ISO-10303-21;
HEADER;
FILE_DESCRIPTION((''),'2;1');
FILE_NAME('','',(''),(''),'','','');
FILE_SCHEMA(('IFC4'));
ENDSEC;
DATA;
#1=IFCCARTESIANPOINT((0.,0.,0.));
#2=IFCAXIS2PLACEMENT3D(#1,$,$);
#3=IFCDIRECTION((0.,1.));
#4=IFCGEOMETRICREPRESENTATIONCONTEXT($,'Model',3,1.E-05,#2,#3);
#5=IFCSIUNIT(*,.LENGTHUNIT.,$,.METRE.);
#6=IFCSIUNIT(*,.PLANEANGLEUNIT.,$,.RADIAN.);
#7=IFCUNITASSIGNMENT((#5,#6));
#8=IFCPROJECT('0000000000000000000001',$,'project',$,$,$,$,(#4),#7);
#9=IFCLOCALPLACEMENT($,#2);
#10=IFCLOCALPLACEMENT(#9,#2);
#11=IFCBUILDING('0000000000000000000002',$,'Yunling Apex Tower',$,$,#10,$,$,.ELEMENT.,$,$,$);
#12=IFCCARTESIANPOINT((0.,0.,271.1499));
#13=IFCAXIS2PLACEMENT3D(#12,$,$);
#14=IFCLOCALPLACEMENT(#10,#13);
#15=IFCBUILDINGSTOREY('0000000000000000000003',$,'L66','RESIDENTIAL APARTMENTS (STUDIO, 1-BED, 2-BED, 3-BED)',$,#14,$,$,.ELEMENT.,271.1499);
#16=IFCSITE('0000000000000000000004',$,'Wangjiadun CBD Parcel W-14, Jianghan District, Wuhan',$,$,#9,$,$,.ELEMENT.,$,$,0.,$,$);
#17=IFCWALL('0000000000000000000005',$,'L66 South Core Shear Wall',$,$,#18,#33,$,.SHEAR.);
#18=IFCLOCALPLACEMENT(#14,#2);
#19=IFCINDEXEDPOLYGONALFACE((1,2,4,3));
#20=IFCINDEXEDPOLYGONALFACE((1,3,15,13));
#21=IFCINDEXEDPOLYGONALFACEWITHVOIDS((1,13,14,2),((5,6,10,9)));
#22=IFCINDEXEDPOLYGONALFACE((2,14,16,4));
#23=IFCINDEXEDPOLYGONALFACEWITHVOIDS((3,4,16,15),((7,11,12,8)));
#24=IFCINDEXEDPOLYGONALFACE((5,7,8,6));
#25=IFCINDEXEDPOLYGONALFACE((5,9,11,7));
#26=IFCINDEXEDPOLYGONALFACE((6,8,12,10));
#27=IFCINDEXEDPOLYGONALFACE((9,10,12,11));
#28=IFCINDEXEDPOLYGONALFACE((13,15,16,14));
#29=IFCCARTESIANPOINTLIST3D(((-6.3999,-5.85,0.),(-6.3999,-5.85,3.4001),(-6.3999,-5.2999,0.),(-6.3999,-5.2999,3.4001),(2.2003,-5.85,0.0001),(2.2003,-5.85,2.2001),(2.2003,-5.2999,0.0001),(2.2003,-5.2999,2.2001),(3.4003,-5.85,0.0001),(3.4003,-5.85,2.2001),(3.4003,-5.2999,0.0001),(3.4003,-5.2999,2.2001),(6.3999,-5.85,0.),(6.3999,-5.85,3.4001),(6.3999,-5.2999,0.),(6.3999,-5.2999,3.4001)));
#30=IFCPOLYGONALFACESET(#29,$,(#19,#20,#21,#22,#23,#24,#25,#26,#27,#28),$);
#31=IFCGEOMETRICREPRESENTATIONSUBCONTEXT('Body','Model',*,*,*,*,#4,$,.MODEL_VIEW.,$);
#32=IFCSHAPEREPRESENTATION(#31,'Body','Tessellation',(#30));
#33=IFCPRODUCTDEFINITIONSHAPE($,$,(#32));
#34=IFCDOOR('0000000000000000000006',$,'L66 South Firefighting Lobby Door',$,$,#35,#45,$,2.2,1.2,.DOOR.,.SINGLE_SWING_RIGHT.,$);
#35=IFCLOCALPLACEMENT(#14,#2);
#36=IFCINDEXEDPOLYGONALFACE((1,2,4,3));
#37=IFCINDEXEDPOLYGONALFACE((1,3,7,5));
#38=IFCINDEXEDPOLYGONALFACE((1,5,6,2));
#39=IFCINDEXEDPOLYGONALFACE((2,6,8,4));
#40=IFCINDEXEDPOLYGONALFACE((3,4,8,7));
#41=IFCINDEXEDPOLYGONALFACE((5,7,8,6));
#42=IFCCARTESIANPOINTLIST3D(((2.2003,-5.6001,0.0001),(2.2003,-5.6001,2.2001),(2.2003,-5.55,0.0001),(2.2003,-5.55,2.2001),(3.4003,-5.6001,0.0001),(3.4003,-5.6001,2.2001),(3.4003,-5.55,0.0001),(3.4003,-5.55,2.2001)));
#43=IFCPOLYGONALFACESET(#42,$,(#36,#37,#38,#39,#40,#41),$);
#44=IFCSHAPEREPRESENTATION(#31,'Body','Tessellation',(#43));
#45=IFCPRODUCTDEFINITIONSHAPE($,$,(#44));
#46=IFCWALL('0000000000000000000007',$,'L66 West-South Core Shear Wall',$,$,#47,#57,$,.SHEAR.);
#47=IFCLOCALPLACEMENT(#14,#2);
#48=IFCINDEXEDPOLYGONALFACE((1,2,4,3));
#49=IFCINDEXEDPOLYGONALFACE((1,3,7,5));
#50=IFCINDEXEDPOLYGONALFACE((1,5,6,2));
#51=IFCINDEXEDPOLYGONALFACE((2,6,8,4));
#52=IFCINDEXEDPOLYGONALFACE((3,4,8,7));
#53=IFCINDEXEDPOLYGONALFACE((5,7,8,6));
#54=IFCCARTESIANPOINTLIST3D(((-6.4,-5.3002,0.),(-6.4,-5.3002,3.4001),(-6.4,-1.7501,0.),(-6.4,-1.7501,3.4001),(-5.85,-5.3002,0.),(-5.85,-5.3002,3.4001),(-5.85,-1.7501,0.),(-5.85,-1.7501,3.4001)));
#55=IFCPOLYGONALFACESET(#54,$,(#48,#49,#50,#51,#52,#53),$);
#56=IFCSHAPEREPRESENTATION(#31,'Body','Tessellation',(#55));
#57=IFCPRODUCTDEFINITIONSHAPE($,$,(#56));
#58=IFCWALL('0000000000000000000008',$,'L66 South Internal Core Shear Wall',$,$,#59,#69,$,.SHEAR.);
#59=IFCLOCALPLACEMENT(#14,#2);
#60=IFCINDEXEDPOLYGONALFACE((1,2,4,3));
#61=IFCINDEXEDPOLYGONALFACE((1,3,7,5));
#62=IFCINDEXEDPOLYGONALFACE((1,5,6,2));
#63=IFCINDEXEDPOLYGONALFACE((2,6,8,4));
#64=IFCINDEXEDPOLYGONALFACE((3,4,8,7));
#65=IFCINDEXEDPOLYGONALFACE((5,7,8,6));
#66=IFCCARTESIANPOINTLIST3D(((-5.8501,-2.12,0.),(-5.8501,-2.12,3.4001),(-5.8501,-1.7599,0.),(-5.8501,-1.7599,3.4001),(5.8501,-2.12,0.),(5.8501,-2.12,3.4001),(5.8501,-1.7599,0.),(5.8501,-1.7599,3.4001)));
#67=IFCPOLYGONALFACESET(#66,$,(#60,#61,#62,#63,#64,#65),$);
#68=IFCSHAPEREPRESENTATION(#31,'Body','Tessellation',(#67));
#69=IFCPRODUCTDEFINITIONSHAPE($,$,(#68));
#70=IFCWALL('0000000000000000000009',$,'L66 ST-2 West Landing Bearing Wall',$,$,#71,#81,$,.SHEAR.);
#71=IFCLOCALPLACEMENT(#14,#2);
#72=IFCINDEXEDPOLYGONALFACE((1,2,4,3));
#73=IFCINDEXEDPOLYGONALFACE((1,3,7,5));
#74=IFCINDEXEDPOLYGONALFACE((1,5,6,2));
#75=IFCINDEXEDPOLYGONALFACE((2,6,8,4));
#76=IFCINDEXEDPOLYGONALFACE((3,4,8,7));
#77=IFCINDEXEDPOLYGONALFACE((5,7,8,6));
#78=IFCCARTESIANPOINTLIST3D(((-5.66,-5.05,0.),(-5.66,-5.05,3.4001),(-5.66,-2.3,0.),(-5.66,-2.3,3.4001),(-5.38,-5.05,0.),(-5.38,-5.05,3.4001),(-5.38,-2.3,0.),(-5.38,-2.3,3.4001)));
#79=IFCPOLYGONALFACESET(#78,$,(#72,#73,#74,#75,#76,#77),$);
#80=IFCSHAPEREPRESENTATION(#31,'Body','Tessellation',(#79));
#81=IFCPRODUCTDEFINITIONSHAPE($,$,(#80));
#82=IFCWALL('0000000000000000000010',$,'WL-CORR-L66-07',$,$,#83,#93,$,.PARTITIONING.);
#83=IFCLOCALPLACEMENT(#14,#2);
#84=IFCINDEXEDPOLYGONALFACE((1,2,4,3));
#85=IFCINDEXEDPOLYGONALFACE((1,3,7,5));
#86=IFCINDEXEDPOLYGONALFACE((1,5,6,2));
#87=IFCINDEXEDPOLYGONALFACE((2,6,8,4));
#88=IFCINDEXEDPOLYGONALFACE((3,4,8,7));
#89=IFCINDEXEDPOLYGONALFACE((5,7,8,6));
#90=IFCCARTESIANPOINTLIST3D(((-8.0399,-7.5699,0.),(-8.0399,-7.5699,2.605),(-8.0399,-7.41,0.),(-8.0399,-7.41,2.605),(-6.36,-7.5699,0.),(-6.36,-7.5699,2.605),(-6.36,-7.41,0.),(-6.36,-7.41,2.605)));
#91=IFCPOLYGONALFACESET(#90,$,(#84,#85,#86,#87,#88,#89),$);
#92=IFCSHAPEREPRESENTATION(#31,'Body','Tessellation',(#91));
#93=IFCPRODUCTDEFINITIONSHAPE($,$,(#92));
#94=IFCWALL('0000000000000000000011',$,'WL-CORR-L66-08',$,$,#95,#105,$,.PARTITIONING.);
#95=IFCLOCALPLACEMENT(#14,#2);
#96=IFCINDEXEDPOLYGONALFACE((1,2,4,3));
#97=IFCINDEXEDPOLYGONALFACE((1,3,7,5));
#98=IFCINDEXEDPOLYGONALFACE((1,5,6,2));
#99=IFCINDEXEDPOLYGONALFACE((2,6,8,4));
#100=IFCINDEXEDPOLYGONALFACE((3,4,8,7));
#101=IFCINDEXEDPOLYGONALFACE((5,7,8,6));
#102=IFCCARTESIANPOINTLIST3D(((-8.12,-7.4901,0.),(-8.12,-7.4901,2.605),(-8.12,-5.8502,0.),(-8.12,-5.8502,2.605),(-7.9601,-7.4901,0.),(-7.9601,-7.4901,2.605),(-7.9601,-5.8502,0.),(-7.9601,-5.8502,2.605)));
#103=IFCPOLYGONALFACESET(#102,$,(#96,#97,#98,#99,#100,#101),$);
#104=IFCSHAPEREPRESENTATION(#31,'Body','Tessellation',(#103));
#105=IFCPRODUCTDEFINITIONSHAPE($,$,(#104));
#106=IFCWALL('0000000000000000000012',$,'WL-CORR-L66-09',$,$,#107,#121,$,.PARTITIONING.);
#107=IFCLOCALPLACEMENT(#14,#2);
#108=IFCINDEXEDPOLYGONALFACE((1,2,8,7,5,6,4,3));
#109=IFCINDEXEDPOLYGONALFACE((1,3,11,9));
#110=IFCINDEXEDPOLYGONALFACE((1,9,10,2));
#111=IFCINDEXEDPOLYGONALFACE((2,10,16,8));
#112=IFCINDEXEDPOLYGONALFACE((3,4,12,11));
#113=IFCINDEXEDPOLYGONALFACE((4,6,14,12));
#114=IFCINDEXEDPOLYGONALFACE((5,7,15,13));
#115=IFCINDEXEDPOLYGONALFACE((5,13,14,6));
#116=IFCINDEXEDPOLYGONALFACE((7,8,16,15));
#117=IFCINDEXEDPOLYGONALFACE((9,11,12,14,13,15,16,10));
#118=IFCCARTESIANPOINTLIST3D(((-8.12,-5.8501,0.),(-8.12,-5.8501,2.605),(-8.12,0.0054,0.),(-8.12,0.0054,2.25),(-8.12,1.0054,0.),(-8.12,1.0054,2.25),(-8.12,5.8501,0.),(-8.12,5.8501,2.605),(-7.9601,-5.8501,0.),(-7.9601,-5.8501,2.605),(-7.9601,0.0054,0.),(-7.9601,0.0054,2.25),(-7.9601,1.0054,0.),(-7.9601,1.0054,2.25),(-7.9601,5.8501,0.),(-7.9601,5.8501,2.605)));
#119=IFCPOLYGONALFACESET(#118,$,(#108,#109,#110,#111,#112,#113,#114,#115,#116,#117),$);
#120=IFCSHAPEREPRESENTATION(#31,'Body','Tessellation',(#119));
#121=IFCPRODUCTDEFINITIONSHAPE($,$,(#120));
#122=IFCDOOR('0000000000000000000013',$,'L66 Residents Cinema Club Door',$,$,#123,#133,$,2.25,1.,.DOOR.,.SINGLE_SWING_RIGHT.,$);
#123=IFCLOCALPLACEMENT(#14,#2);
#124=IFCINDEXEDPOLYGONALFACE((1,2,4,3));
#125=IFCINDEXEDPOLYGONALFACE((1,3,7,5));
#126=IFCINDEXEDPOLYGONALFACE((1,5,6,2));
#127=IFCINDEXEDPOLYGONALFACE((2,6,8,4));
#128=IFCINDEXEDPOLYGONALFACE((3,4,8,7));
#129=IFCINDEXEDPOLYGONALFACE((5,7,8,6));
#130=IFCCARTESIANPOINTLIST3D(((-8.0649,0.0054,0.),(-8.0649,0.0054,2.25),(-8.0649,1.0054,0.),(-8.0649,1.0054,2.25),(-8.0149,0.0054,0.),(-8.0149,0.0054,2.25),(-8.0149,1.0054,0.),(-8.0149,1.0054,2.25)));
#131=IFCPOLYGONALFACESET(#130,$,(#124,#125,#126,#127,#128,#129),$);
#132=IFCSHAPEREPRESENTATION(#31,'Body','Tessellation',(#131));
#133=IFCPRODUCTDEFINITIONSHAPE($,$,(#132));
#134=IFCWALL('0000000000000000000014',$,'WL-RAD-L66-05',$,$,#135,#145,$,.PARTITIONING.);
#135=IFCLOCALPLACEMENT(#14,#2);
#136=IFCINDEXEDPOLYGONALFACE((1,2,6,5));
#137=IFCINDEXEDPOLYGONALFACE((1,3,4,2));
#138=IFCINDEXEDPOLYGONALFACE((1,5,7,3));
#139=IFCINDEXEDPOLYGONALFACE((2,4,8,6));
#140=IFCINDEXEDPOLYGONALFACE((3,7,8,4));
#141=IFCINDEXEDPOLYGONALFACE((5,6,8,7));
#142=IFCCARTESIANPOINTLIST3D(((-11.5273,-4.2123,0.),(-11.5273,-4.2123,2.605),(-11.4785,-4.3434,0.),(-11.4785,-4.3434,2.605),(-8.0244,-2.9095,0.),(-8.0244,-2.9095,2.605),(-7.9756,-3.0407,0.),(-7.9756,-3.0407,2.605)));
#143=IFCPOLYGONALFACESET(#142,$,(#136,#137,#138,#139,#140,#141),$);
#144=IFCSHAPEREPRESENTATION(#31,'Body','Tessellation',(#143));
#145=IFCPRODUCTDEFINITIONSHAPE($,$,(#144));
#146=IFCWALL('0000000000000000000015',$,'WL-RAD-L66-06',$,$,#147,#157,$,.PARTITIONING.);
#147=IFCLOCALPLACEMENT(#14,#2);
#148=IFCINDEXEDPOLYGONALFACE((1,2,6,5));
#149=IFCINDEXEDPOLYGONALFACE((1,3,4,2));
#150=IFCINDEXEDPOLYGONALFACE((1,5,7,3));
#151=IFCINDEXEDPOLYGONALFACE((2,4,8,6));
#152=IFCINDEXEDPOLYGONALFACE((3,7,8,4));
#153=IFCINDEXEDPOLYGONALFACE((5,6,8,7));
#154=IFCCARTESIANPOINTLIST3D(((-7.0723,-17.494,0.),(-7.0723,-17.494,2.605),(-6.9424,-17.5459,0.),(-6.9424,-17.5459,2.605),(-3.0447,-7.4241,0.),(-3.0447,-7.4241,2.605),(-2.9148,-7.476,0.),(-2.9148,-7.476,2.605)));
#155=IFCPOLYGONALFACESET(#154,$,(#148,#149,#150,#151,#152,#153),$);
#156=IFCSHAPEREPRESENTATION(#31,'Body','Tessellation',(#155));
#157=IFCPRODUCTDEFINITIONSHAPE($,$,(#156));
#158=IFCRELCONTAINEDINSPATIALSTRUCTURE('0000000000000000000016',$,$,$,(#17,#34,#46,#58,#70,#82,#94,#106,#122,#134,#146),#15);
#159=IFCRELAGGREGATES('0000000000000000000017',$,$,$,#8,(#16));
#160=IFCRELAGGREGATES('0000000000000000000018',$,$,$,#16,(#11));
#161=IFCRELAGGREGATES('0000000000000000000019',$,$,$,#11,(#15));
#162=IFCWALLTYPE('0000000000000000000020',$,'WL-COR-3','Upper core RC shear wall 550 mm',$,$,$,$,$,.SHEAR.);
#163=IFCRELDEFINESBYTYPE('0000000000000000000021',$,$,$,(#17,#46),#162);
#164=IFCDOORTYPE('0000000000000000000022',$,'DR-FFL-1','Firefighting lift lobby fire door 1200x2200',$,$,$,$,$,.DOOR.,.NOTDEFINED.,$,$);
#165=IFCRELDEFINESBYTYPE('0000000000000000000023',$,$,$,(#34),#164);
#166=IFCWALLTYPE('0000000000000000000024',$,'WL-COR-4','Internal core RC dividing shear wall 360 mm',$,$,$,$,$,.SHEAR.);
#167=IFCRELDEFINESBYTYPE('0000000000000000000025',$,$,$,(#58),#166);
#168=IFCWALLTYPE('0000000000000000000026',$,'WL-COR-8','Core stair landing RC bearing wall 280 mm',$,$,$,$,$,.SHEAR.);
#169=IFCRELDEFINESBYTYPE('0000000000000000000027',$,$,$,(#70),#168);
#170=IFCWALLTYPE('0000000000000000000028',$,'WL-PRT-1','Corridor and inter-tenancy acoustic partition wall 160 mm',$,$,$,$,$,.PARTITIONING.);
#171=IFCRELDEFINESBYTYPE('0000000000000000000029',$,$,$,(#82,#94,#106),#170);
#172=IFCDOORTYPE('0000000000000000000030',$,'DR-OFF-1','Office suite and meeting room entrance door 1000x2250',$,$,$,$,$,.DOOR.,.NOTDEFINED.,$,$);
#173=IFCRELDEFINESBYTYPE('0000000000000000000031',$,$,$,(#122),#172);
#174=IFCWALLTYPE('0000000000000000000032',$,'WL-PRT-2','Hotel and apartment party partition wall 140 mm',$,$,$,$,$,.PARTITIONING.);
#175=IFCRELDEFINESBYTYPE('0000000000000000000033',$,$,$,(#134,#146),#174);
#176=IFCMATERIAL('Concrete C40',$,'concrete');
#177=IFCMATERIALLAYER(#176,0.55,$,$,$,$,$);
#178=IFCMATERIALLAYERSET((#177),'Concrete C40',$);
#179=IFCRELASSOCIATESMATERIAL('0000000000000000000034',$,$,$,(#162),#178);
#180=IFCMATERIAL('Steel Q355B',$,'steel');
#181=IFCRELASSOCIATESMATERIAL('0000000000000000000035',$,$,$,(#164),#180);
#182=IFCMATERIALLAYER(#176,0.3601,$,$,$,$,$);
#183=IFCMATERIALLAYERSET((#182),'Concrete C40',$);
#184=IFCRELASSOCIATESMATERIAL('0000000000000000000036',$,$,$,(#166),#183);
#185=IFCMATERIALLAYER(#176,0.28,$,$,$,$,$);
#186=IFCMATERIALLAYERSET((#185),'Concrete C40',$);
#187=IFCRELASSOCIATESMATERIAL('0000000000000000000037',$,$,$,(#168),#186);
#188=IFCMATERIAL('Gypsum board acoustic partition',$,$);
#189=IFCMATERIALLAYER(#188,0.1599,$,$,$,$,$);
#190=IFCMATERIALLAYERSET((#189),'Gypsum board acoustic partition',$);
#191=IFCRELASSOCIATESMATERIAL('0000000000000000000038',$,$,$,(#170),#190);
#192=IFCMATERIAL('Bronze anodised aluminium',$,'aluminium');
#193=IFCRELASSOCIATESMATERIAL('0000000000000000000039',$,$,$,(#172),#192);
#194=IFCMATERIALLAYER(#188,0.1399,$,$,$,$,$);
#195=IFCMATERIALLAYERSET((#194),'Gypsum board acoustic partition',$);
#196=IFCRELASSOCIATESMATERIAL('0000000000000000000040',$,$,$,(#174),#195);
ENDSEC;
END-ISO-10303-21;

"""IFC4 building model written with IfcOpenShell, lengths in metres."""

from ifc_helpers import new_model, si_unit, direction, frame, frame_2d, origin, place, context, subcontext, project, spatial, rectangle, extrude, material, layer, layer_set, type_object, element, fill, save


model = new_model("IFC4")

# Units and contexts
model_context = context("Model", 3, precision=1e-05, world=origin(), true_north=direction((0.0, 1.0)))
body_context = subcontext(model_context, "Body", "Model", "MODEL_VIEW")
ifc_project = project(units=[si_unit("LENGTHUNIT", "METRE"), si_unit("PLANEANGLEUNIT", "RADIAN")], contexts=[model_context])

# Site, building, storey
site_placement = place(None, origin())
site = spatial("IfcSite", under=ifc_project, at=site_placement, Name="Wangjiadun CBD Parcel W-14, Jianghan District, Wuhan", CompositionType="ELEMENT", RefElevation=0.0)
building_placement = place(site_placement, origin())
building = spatial("IfcBuilding", under=site, at=building_placement, Name="Yunling Apex Tower", CompositionType="ELEMENT")
storey_placement = place(building_placement, frame((0.0, 0.0, 271.1499)))
storey = spatial("IfcBuildingStorey", under=building, at=storey_placement, Name="L66", Description="RESIDENTIAL APARTMENTS (STUDIO, 1-BED, 2-BED, 3-BED)", CompositionType="ELEMENT", Elevation=271.1499)

# Shared definitions
ifc_material_1 = material(Name="Steel Q355B", Category="steel")

# Shared definitions
ifc_material_2 = material(Name="Concrete C40", Category="concrete")

# Shared definitions
ifc_material_3 = material(Name="Bronze anodised aluminium", Category="aluminium")

# Wall, opening, door
ifc_layer_1 = layer(ifc_material_2, 0.55)
ifc_layer_set_1 = layer_set([ifc_layer_1], Name="Concrete C40")
wall_type_1 = type_object("IfcWallType", Name="WL-COR-3", Description="Upper core RC shear wall 550 mm", PredefinedType="SHEAR", material=ifc_layer_set_1)
wall_1_placement = place(storey_placement, frame((-6.3999, -5.575, 0.0), z_axis=(0.0, 0.0, 1.0), x_axis=(1.0, 0.0, 0.0)))
wall_1 = element("IfcWall", 1, at=wall_1_placement, inside=storey, type_object=wall_type_1, Name="L66 South Core Shear Wall", PredefinedType="SHEAR", context=body_context, shape_type="SweptSolid", body=[
    extrude(rectangle(XDim=12.7998, YDim=0.55, at=frame_2d((6.3999, 0.0))), origin(), (0.0, 0.0, 1.0), 3.4001),
])
opening_1_placement = place(wall_1_placement, frame((8.6001, 0.0, 0.0)))
opening_1 = element("IfcOpeningElement", 2, at=opening_1_placement, cuts=wall_1, PredefinedType="OPENING", context=body_context, shape_type="SweptSolid", body=[
    extrude(rectangle(XDim=1.2, YDim=2.2, at=frame_2d((0.6001, 1.1001))), frame((0.0, 0.2852, 0.0), z_axis=(0.0, -1.0, 0.0), x_axis=(1.0, 0.0, 0.0)), (0.0, 0.0, 1.0), 0.5701),
])
door_type_1 = type_object("IfcDoorType", Name="DR-FFL-1", Description="Firefighting lift lobby fire door 1200x2200", OperationType="NOTDEFINED", PredefinedType="DOOR", material=ifc_material_1)
door_1_placement = place(opening_1_placement, origin())
door_1 = element("IfcDoor", 3, at=door_1_placement, inside=storey, type_object=door_type_1, Name="L66 South Firefighting Lobby Door", OperationType="SINGLE_SWING_RIGHT", OverallHeight=2.2, OverallWidth=1.2, PredefinedType="DOOR", context=body_context, shape_type="SweptSolid", body=[
    extrude(rectangle(XDim=1.2, YDim=2.2, at=frame_2d((0.6001, 1.1001))), frame((0.0, 0.0249, 0.0), z_axis=(0.0, -1.0, 0.0), x_axis=(1.0, 0.0, 0.0)), (0.0, 0.0, 1.0), 0.05),
])
fill(opening_1, door_1)

# Walls
wall_2_placement = place(storey_placement, frame((-6.125, -5.3, 0.0), z_axis=(0.0, 0.0, 1.0), x_axis=(0.0, 1.0, 0.0)))
element("IfcWall", 4, at=wall_2_placement, inside=storey, type_object=wall_type_1, Name="L66 West-South Core Shear Wall", PredefinedType="SHEAR", context=body_context, shape_type="SweptSolid", body=[
    extrude(rectangle(XDim=3.55, YDim=0.55, at=frame_2d((1.7749, 0.0))), origin(), (0.0, 0.0, 1.0), 3.4001),
])
ifc_layer_2 = layer(ifc_material_2, 0.3601)
ifc_layer_set_2 = layer_set([ifc_layer_2], Name="Concrete C40")
wall_type_2 = type_object("IfcWallType", Name="WL-COR-4", Description="Internal core RC dividing shear wall 360 mm", PredefinedType="SHEAR", material=ifc_layer_set_2)
wall_3_placement = place(storey_placement, frame((-5.8501, -1.9399, 0.0), z_axis=(0.0, 0.0, 1.0), x_axis=(1.0, 0.0, 0.0)))
element("IfcWall", 5, at=wall_3_placement, inside=storey, type_object=wall_type_2, Name="L66 South Internal Core Shear Wall", PredefinedType="SHEAR", context=body_context, shape_type="SweptSolid", body=[
    extrude(rectangle(XDim=11.7002, YDim=0.3601, at=frame_2d((5.8501, 0.0))), origin(), (0.0, 0.0, 1.0), 3.4001),
])
ifc_layer_3 = layer(ifc_material_2, 0.28)
ifc_layer_set_3 = layer_set([ifc_layer_3], Name="Concrete C40")
wall_type_3 = type_object("IfcWallType", Name="WL-COR-8", Description="Core stair landing RC bearing wall 280 mm", PredefinedType="SHEAR", material=ifc_layer_set_3)
wall_4_placement = place(storey_placement, frame((-5.52, -5.05, 0.0), z_axis=(0.0, 0.0, 1.0), x_axis=(0.0, 1.0, 0.0)))
element("IfcWall", 6, at=wall_4_placement, inside=storey, type_object=wall_type_3, Name="L66 ST-2 West Landing Bearing Wall", PredefinedType="SHEAR", context=body_context, shape_type="SweptSolid", body=[
    extrude(rectangle(XDim=2.75, YDim=0.28, at=frame_2d((1.375, 0.0))), origin(), (0.0, 0.0, 1.0), 3.4001),
])
ifc_material_4 = material(Name="Gypsum board acoustic partition")
ifc_layer_4 = layer(ifc_material_4, 0.1599)
ifc_layer_set_4 = layer_set([ifc_layer_4], Name="Gypsum board acoustic partition")
wall_type_4 = type_object("IfcWallType", Name="WL-PRT-1", Description="Corridor and inter-tenancy acoustic partition wall 160 mm", PredefinedType="PARTITIONING", material=ifc_layer_set_4)
wall_5_placement = place(storey_placement, frame((-6.3601, -7.49, 0.0), z_axis=(0.0, 0.0, 1.0), x_axis=(-1.0, 0.0, 0.0)))
element("IfcWall", 7, at=wall_5_placement, inside=storey, type_object=wall_type_4, Name="WL-CORR-L66-07", PredefinedType="PARTITIONING", context=body_context, shape_type="SweptSolid", body=[
    extrude(rectangle(XDim=1.6799, YDim=0.1599, at=frame_2d((0.8398, 0.0))), origin(), (0.0, 0.0, 1.0), 2.605),
])
wall_6_placement = place(storey_placement, frame((-8.04, -7.49, 0.0), z_axis=(0.0, 0.0, 1.0), x_axis=(0.0, 1.0, 0.0)))
element("IfcWall", 8, at=wall_6_placement, inside=storey, type_object=wall_type_4, Name="WL-CORR-L66-08", PredefinedType="PARTITIONING", context=body_context, shape_type="SweptSolid", body=[
    extrude(rectangle(XDim=1.6399, YDim=0.1599, at=frame_2d((0.8198, 0.0))), origin(), (0.0, 0.0, 1.0), 2.605),
])

# Wall, opening, door
wall_7_placement = place(storey_placement, frame((-8.04, -5.8501, 0.0), z_axis=(0.0, 0.0, 1.0), x_axis=(0.0, 1.0, 0.0)))
wall_7 = element("IfcWall", 9, at=wall_7_placement, inside=storey, type_object=wall_type_4, Name="WL-CORR-L66-09", PredefinedType="PARTITIONING", context=body_context, shape_type="SweptSolid", body=[
    extrude(rectangle(XDim=11.7002, YDim=0.1599, at=frame_2d((5.8501, 0.0))), origin(), (0.0, 0.0, 1.0), 2.605),
])
opening_2_placement = place(wall_7_placement, frame((5.8555, 0.0, 0.0)))
opening_2 = element("IfcOpeningElement", 10, at=opening_2_placement, cuts=wall_7, PredefinedType="OPENING", context=body_context, shape_type="SweptSolid", body=[
    extrude(rectangle(XDim=1.0, YDim=2.25, at=frame_2d((0.5, 1.125))), frame((0.0, 0.0898, 0.0), z_axis=(0.0, -1.0, 0.0), x_axis=(1.0, 0.0, 0.0)), (0.0, 0.0, 1.0), 0.1799),
])
door_type_2 = type_object("IfcDoorType", Name="DR-OFF-1", Description="Office suite and meeting room entrance door 1000x2250", OperationType="NOTDEFINED", PredefinedType="DOOR", material=ifc_material_3)
door_2_placement = place(opening_2_placement, origin())
door_2 = element("IfcDoor", 11, at=door_2_placement, inside=storey, type_object=door_type_2, Name="L66 Residents Cinema Club Door", OperationType="SINGLE_SWING_RIGHT", OverallHeight=2.25, OverallWidth=1.0, PredefinedType="DOOR", context=body_context, shape_type="SweptSolid", body=[
    extrude(rectangle(XDim=1.0, YDim=2.25, at=frame_2d((0.5, 1.125))), frame((0.0, 0.0249, 0.0), z_axis=(0.0, -1.0, 0.0), x_axis=(1.0, 0.0, 0.0)), (0.0, 0.0, 1.0), 0.05),
])
fill(opening_2, door_2)

# Walls
ifc_layer_5 = layer(ifc_material_4, 0.1399)
ifc_layer_set_5 = layer_set([ifc_layer_5], Name="Gypsum board acoustic partition")
wall_type_5 = type_object("IfcWallType", Name="WL-PRT-2", Description="Hotel and apartment party partition wall 140 mm", PredefinedType="PARTITIONING", material=ifc_layer_set_5)
wall_8_placement = place(storey_placement, frame((-8.0, -2.9751, 0.0), z_axis=(0.0, 0.0, 1.0), x_axis=(-0.937281, -0.348574, 0.0)))
element("IfcWall", 12, at=wall_8_placement, inside=storey, type_object=wall_type_5, Name="WL-RAD-L66-05", PredefinedType="PARTITIONING", context=body_context, shape_type="SweptSolid", body=[
    extrude(rectangle(XDim=3.7373, YDim=0.1399, at=frame_2d((1.8687, 0.0))), origin(), (0.0, 0.0, 1.0), 2.605),
])
wall_9_placement = place(storey_placement, frame((-2.9797, -7.45, 0.0), z_axis=(0.0, 0.0, 1.0), x_axis=(-0.371364, -0.928488, 0.0)))
element("IfcWall", 13, at=wall_9_placement, inside=storey, type_object=wall_type_5, Name="WL-RAD-L66-06", PredefinedType="PARTITIONING", context=body_context, shape_type="SweptSolid", body=[
    extrude(rectangle(XDim=10.8455, YDim=0.1399, at=frame_2d((5.4229, 0.0))), origin(), (0.0, 0.0, 1.0), 2.605),
])

save(model, "model.ifc")
